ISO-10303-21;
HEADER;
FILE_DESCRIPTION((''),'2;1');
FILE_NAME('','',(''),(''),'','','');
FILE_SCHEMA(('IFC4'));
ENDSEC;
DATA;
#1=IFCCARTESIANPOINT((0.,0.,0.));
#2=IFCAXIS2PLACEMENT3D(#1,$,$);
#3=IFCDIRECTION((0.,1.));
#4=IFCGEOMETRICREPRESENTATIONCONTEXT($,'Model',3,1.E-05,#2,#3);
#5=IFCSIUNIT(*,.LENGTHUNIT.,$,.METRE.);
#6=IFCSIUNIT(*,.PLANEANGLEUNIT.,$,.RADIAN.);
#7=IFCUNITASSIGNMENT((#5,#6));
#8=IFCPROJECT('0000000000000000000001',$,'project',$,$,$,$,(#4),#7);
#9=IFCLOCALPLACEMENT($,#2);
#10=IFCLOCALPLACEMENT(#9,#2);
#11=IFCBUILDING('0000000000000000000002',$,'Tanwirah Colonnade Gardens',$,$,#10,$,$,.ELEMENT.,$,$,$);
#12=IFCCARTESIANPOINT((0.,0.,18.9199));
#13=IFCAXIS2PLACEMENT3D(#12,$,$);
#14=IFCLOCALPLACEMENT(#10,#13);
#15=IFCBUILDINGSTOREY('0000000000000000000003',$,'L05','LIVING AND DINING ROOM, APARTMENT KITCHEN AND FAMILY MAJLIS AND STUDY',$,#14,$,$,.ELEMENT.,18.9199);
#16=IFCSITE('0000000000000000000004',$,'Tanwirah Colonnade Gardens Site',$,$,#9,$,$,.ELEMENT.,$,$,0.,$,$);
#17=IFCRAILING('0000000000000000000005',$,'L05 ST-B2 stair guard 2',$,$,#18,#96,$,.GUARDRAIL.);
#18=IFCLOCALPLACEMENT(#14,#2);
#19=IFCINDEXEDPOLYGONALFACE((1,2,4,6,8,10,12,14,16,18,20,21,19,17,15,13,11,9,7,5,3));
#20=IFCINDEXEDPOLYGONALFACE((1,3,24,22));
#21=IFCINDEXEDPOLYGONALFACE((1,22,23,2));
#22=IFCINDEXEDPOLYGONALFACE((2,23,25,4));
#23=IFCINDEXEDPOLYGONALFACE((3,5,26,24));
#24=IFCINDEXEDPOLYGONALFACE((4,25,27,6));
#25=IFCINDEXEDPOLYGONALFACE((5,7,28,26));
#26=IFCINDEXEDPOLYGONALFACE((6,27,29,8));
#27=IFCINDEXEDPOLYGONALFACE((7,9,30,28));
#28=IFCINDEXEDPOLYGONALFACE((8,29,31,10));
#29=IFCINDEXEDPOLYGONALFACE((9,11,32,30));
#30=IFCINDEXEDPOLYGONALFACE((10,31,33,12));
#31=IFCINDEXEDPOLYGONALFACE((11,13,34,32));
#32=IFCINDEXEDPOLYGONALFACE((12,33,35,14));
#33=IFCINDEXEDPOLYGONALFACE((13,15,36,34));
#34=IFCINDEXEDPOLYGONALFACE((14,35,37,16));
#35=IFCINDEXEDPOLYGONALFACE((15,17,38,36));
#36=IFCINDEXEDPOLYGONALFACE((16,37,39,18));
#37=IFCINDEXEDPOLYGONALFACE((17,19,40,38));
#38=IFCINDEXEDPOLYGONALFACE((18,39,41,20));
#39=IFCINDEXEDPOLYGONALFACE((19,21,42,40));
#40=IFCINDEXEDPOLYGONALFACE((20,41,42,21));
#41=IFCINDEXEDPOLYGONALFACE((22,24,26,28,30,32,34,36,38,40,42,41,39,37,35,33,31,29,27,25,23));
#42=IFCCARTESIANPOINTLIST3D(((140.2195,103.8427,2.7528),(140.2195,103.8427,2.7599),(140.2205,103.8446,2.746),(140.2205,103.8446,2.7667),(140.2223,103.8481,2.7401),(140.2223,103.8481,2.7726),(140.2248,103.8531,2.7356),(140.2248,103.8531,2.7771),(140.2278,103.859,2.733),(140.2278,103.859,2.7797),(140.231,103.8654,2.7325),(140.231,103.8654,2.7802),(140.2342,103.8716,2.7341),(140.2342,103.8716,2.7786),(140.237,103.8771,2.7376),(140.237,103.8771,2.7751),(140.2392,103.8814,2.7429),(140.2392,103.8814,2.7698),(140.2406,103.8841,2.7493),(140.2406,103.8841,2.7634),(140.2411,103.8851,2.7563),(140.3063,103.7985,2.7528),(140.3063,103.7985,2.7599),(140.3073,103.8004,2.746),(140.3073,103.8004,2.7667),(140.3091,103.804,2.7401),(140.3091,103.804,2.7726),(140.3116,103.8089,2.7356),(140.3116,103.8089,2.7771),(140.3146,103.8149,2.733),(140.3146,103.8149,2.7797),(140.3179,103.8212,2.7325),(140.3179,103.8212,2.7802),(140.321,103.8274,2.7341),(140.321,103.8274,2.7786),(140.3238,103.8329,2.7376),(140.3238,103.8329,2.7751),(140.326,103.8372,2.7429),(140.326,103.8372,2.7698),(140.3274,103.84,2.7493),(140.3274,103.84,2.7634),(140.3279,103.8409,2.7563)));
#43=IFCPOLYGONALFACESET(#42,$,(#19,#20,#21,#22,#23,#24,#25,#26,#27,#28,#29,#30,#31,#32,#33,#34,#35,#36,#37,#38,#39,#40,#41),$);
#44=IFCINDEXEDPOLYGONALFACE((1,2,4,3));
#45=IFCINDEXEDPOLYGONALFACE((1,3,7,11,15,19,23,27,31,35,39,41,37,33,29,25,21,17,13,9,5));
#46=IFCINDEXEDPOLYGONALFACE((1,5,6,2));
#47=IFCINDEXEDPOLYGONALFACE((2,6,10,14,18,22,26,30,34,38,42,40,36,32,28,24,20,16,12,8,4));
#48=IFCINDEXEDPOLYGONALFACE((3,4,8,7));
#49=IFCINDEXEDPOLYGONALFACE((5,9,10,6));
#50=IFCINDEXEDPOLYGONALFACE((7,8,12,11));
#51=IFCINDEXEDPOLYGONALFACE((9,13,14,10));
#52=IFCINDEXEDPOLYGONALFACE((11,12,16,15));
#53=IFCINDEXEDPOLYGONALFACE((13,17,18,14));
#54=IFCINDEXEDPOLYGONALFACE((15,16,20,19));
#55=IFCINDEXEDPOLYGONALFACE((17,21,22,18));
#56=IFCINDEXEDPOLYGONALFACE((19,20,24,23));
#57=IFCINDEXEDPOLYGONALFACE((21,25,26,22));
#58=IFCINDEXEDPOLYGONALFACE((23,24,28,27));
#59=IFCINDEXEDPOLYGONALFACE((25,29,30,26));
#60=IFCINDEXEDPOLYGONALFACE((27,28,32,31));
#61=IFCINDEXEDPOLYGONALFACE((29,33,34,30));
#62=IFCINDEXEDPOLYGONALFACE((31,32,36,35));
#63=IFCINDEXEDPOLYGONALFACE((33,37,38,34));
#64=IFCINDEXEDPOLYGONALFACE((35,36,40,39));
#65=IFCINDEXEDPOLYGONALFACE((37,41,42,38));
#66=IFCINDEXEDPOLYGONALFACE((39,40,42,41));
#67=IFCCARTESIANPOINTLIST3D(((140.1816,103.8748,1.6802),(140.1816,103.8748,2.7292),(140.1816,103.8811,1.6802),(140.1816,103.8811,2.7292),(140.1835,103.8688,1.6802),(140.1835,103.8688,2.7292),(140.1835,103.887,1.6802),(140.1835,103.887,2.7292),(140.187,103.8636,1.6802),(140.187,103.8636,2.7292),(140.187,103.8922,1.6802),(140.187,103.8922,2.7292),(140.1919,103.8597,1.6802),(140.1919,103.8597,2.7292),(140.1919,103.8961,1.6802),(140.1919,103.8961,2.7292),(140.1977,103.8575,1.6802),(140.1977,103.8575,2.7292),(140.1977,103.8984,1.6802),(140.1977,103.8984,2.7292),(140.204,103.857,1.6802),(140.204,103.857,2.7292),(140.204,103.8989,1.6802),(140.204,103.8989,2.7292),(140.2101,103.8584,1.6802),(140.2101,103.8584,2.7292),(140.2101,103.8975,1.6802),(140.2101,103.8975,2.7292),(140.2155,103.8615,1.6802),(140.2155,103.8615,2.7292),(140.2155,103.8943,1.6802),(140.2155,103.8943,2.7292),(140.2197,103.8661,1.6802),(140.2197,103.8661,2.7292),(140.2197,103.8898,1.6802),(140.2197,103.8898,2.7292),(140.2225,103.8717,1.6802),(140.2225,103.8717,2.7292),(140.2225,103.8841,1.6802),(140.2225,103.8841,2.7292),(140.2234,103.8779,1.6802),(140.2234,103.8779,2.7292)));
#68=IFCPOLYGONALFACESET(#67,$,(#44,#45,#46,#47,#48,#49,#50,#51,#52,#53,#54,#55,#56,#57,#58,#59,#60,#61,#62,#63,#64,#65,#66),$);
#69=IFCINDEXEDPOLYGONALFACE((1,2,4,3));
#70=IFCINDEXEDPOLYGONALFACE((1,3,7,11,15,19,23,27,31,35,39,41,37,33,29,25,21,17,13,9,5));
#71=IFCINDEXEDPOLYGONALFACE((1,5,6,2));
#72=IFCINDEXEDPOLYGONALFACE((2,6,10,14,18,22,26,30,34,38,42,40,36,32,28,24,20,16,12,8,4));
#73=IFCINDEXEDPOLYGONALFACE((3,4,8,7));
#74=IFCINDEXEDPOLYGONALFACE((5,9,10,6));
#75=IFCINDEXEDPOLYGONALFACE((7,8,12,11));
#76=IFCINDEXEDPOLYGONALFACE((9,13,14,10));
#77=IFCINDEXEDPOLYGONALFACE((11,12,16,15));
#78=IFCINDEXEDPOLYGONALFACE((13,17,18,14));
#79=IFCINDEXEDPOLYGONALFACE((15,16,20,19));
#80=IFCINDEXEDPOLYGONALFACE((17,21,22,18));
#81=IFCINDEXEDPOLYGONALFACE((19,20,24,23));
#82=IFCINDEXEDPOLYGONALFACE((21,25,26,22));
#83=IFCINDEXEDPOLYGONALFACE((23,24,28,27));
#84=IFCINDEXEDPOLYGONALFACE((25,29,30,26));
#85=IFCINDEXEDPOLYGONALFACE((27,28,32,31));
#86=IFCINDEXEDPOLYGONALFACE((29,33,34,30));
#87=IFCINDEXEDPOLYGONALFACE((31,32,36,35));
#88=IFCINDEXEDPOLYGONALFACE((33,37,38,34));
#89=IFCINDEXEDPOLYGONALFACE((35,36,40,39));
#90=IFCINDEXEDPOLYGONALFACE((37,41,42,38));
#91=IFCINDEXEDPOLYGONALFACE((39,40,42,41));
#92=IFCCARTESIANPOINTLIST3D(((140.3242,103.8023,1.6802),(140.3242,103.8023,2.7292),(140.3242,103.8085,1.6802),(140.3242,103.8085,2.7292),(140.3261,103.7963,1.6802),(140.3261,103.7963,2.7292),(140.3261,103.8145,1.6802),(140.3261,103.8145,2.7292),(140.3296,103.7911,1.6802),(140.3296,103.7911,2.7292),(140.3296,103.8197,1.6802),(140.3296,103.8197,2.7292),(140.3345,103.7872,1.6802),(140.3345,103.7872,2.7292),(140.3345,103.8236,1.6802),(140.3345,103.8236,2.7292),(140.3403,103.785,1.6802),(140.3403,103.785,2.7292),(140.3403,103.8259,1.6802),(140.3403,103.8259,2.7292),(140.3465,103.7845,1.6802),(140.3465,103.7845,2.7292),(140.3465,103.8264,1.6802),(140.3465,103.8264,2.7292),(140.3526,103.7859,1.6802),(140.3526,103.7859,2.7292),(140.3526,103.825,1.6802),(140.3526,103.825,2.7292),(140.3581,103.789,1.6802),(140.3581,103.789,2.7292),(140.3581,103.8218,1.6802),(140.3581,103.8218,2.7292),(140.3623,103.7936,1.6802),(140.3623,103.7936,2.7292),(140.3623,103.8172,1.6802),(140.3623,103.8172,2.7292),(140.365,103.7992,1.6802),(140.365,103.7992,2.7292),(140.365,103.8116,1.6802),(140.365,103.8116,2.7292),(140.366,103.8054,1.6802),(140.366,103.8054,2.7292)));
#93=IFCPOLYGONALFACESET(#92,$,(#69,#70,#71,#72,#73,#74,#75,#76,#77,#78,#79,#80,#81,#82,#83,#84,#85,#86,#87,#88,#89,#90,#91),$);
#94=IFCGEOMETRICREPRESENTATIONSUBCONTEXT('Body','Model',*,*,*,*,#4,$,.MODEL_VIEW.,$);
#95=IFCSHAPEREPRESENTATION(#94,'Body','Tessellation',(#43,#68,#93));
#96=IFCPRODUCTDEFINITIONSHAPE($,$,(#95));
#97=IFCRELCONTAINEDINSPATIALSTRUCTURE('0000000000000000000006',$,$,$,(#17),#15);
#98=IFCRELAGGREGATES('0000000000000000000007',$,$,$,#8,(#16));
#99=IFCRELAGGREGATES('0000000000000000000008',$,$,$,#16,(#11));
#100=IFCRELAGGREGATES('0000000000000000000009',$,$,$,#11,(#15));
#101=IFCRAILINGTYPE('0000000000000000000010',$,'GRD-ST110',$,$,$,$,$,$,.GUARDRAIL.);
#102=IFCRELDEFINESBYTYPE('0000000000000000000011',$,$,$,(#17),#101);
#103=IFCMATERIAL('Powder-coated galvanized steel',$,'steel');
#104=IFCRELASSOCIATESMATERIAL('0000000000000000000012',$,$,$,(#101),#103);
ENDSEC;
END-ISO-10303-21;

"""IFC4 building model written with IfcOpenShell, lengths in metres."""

from ifc_helpers import new_model, si_unit, direction, frame, origin, origin_2d, place, context, subcontext, project, spatial, circle, extrude, material, type_object, element, save


model = new_model("IFC4")

# Units and contexts
model_context = context("Model", 3, precision=1e-05, world=origin(), true_north=direction((0.0, 1.0)))
body_context = subcontext(model_context, "Body", "Model", "MODEL_VIEW")
ifc_project = project(units=[si_unit("LENGTHUNIT", "METRE"), si_unit("PLANEANGLEUNIT", "RADIAN")], contexts=[model_context])

# Site, building, storey
site_placement = place(None, origin())
site = spatial("IfcSite", under=ifc_project, at=site_placement, Name="Tanwirah Colonnade Gardens Site", CompositionType="ELEMENT", RefElevation=0.0)
building_placement = place(site_placement, origin())
building = spatial("IfcBuilding", under=site, at=building_placement, Name="Tanwirah Colonnade Gardens", CompositionType="ELEMENT")
storey_placement = place(building_placement, frame((0.0, 0.0, 18.9199)))
storey = spatial("IfcBuildingStorey", under=building, at=storey_placement, Name="L05", Description="LIVING AND DINING ROOM, APARTMENT KITCHEN AND FAMILY MAJLIS AND STUDY", CompositionType="ELEMENT", Elevation=18.9199)

# Railing
ifc_material_1 = material(Name="Powder-coated galvanized steel", Category="steel")
railing_type_1 = type_object("IfcRailingType", Name="GRD-ST110", PredefinedType="GUARDRAIL", material=ifc_material_1)
railing_1_placement = place(storey_placement, frame((140.2024, 103.8779, 1.6802)))
element("IfcRailing", 1, at=railing_1_placement, inside=storey, type_object=railing_type_1, Name="L05 ST-B2 stair guard 2", PredefinedType="GUARDRAIL", context=body_context, shape_type="SweptSolid", body=[
    extrude(circle(Radius=0.0239, at=origin_2d()), frame((0.0278, -0.0142, 1.0762), z_axis=(0.891354, -0.453308, 0.0), x_axis=(0.453308, 0.891354, 0.0)), (0.0, 0.0, 1.0), 0.0974),
    extrude(circle(Radius=0.021, at=origin_2d()), origin(), (0.0, 0.0, 1.0), 1.0491),
    extrude(circle(Radius=0.021, at=origin_2d()), frame((0.1426, -0.0725, 0.0)), (0.0, 0.0, 1.0), 1.0491),
])

save(model, "model.ifc")
